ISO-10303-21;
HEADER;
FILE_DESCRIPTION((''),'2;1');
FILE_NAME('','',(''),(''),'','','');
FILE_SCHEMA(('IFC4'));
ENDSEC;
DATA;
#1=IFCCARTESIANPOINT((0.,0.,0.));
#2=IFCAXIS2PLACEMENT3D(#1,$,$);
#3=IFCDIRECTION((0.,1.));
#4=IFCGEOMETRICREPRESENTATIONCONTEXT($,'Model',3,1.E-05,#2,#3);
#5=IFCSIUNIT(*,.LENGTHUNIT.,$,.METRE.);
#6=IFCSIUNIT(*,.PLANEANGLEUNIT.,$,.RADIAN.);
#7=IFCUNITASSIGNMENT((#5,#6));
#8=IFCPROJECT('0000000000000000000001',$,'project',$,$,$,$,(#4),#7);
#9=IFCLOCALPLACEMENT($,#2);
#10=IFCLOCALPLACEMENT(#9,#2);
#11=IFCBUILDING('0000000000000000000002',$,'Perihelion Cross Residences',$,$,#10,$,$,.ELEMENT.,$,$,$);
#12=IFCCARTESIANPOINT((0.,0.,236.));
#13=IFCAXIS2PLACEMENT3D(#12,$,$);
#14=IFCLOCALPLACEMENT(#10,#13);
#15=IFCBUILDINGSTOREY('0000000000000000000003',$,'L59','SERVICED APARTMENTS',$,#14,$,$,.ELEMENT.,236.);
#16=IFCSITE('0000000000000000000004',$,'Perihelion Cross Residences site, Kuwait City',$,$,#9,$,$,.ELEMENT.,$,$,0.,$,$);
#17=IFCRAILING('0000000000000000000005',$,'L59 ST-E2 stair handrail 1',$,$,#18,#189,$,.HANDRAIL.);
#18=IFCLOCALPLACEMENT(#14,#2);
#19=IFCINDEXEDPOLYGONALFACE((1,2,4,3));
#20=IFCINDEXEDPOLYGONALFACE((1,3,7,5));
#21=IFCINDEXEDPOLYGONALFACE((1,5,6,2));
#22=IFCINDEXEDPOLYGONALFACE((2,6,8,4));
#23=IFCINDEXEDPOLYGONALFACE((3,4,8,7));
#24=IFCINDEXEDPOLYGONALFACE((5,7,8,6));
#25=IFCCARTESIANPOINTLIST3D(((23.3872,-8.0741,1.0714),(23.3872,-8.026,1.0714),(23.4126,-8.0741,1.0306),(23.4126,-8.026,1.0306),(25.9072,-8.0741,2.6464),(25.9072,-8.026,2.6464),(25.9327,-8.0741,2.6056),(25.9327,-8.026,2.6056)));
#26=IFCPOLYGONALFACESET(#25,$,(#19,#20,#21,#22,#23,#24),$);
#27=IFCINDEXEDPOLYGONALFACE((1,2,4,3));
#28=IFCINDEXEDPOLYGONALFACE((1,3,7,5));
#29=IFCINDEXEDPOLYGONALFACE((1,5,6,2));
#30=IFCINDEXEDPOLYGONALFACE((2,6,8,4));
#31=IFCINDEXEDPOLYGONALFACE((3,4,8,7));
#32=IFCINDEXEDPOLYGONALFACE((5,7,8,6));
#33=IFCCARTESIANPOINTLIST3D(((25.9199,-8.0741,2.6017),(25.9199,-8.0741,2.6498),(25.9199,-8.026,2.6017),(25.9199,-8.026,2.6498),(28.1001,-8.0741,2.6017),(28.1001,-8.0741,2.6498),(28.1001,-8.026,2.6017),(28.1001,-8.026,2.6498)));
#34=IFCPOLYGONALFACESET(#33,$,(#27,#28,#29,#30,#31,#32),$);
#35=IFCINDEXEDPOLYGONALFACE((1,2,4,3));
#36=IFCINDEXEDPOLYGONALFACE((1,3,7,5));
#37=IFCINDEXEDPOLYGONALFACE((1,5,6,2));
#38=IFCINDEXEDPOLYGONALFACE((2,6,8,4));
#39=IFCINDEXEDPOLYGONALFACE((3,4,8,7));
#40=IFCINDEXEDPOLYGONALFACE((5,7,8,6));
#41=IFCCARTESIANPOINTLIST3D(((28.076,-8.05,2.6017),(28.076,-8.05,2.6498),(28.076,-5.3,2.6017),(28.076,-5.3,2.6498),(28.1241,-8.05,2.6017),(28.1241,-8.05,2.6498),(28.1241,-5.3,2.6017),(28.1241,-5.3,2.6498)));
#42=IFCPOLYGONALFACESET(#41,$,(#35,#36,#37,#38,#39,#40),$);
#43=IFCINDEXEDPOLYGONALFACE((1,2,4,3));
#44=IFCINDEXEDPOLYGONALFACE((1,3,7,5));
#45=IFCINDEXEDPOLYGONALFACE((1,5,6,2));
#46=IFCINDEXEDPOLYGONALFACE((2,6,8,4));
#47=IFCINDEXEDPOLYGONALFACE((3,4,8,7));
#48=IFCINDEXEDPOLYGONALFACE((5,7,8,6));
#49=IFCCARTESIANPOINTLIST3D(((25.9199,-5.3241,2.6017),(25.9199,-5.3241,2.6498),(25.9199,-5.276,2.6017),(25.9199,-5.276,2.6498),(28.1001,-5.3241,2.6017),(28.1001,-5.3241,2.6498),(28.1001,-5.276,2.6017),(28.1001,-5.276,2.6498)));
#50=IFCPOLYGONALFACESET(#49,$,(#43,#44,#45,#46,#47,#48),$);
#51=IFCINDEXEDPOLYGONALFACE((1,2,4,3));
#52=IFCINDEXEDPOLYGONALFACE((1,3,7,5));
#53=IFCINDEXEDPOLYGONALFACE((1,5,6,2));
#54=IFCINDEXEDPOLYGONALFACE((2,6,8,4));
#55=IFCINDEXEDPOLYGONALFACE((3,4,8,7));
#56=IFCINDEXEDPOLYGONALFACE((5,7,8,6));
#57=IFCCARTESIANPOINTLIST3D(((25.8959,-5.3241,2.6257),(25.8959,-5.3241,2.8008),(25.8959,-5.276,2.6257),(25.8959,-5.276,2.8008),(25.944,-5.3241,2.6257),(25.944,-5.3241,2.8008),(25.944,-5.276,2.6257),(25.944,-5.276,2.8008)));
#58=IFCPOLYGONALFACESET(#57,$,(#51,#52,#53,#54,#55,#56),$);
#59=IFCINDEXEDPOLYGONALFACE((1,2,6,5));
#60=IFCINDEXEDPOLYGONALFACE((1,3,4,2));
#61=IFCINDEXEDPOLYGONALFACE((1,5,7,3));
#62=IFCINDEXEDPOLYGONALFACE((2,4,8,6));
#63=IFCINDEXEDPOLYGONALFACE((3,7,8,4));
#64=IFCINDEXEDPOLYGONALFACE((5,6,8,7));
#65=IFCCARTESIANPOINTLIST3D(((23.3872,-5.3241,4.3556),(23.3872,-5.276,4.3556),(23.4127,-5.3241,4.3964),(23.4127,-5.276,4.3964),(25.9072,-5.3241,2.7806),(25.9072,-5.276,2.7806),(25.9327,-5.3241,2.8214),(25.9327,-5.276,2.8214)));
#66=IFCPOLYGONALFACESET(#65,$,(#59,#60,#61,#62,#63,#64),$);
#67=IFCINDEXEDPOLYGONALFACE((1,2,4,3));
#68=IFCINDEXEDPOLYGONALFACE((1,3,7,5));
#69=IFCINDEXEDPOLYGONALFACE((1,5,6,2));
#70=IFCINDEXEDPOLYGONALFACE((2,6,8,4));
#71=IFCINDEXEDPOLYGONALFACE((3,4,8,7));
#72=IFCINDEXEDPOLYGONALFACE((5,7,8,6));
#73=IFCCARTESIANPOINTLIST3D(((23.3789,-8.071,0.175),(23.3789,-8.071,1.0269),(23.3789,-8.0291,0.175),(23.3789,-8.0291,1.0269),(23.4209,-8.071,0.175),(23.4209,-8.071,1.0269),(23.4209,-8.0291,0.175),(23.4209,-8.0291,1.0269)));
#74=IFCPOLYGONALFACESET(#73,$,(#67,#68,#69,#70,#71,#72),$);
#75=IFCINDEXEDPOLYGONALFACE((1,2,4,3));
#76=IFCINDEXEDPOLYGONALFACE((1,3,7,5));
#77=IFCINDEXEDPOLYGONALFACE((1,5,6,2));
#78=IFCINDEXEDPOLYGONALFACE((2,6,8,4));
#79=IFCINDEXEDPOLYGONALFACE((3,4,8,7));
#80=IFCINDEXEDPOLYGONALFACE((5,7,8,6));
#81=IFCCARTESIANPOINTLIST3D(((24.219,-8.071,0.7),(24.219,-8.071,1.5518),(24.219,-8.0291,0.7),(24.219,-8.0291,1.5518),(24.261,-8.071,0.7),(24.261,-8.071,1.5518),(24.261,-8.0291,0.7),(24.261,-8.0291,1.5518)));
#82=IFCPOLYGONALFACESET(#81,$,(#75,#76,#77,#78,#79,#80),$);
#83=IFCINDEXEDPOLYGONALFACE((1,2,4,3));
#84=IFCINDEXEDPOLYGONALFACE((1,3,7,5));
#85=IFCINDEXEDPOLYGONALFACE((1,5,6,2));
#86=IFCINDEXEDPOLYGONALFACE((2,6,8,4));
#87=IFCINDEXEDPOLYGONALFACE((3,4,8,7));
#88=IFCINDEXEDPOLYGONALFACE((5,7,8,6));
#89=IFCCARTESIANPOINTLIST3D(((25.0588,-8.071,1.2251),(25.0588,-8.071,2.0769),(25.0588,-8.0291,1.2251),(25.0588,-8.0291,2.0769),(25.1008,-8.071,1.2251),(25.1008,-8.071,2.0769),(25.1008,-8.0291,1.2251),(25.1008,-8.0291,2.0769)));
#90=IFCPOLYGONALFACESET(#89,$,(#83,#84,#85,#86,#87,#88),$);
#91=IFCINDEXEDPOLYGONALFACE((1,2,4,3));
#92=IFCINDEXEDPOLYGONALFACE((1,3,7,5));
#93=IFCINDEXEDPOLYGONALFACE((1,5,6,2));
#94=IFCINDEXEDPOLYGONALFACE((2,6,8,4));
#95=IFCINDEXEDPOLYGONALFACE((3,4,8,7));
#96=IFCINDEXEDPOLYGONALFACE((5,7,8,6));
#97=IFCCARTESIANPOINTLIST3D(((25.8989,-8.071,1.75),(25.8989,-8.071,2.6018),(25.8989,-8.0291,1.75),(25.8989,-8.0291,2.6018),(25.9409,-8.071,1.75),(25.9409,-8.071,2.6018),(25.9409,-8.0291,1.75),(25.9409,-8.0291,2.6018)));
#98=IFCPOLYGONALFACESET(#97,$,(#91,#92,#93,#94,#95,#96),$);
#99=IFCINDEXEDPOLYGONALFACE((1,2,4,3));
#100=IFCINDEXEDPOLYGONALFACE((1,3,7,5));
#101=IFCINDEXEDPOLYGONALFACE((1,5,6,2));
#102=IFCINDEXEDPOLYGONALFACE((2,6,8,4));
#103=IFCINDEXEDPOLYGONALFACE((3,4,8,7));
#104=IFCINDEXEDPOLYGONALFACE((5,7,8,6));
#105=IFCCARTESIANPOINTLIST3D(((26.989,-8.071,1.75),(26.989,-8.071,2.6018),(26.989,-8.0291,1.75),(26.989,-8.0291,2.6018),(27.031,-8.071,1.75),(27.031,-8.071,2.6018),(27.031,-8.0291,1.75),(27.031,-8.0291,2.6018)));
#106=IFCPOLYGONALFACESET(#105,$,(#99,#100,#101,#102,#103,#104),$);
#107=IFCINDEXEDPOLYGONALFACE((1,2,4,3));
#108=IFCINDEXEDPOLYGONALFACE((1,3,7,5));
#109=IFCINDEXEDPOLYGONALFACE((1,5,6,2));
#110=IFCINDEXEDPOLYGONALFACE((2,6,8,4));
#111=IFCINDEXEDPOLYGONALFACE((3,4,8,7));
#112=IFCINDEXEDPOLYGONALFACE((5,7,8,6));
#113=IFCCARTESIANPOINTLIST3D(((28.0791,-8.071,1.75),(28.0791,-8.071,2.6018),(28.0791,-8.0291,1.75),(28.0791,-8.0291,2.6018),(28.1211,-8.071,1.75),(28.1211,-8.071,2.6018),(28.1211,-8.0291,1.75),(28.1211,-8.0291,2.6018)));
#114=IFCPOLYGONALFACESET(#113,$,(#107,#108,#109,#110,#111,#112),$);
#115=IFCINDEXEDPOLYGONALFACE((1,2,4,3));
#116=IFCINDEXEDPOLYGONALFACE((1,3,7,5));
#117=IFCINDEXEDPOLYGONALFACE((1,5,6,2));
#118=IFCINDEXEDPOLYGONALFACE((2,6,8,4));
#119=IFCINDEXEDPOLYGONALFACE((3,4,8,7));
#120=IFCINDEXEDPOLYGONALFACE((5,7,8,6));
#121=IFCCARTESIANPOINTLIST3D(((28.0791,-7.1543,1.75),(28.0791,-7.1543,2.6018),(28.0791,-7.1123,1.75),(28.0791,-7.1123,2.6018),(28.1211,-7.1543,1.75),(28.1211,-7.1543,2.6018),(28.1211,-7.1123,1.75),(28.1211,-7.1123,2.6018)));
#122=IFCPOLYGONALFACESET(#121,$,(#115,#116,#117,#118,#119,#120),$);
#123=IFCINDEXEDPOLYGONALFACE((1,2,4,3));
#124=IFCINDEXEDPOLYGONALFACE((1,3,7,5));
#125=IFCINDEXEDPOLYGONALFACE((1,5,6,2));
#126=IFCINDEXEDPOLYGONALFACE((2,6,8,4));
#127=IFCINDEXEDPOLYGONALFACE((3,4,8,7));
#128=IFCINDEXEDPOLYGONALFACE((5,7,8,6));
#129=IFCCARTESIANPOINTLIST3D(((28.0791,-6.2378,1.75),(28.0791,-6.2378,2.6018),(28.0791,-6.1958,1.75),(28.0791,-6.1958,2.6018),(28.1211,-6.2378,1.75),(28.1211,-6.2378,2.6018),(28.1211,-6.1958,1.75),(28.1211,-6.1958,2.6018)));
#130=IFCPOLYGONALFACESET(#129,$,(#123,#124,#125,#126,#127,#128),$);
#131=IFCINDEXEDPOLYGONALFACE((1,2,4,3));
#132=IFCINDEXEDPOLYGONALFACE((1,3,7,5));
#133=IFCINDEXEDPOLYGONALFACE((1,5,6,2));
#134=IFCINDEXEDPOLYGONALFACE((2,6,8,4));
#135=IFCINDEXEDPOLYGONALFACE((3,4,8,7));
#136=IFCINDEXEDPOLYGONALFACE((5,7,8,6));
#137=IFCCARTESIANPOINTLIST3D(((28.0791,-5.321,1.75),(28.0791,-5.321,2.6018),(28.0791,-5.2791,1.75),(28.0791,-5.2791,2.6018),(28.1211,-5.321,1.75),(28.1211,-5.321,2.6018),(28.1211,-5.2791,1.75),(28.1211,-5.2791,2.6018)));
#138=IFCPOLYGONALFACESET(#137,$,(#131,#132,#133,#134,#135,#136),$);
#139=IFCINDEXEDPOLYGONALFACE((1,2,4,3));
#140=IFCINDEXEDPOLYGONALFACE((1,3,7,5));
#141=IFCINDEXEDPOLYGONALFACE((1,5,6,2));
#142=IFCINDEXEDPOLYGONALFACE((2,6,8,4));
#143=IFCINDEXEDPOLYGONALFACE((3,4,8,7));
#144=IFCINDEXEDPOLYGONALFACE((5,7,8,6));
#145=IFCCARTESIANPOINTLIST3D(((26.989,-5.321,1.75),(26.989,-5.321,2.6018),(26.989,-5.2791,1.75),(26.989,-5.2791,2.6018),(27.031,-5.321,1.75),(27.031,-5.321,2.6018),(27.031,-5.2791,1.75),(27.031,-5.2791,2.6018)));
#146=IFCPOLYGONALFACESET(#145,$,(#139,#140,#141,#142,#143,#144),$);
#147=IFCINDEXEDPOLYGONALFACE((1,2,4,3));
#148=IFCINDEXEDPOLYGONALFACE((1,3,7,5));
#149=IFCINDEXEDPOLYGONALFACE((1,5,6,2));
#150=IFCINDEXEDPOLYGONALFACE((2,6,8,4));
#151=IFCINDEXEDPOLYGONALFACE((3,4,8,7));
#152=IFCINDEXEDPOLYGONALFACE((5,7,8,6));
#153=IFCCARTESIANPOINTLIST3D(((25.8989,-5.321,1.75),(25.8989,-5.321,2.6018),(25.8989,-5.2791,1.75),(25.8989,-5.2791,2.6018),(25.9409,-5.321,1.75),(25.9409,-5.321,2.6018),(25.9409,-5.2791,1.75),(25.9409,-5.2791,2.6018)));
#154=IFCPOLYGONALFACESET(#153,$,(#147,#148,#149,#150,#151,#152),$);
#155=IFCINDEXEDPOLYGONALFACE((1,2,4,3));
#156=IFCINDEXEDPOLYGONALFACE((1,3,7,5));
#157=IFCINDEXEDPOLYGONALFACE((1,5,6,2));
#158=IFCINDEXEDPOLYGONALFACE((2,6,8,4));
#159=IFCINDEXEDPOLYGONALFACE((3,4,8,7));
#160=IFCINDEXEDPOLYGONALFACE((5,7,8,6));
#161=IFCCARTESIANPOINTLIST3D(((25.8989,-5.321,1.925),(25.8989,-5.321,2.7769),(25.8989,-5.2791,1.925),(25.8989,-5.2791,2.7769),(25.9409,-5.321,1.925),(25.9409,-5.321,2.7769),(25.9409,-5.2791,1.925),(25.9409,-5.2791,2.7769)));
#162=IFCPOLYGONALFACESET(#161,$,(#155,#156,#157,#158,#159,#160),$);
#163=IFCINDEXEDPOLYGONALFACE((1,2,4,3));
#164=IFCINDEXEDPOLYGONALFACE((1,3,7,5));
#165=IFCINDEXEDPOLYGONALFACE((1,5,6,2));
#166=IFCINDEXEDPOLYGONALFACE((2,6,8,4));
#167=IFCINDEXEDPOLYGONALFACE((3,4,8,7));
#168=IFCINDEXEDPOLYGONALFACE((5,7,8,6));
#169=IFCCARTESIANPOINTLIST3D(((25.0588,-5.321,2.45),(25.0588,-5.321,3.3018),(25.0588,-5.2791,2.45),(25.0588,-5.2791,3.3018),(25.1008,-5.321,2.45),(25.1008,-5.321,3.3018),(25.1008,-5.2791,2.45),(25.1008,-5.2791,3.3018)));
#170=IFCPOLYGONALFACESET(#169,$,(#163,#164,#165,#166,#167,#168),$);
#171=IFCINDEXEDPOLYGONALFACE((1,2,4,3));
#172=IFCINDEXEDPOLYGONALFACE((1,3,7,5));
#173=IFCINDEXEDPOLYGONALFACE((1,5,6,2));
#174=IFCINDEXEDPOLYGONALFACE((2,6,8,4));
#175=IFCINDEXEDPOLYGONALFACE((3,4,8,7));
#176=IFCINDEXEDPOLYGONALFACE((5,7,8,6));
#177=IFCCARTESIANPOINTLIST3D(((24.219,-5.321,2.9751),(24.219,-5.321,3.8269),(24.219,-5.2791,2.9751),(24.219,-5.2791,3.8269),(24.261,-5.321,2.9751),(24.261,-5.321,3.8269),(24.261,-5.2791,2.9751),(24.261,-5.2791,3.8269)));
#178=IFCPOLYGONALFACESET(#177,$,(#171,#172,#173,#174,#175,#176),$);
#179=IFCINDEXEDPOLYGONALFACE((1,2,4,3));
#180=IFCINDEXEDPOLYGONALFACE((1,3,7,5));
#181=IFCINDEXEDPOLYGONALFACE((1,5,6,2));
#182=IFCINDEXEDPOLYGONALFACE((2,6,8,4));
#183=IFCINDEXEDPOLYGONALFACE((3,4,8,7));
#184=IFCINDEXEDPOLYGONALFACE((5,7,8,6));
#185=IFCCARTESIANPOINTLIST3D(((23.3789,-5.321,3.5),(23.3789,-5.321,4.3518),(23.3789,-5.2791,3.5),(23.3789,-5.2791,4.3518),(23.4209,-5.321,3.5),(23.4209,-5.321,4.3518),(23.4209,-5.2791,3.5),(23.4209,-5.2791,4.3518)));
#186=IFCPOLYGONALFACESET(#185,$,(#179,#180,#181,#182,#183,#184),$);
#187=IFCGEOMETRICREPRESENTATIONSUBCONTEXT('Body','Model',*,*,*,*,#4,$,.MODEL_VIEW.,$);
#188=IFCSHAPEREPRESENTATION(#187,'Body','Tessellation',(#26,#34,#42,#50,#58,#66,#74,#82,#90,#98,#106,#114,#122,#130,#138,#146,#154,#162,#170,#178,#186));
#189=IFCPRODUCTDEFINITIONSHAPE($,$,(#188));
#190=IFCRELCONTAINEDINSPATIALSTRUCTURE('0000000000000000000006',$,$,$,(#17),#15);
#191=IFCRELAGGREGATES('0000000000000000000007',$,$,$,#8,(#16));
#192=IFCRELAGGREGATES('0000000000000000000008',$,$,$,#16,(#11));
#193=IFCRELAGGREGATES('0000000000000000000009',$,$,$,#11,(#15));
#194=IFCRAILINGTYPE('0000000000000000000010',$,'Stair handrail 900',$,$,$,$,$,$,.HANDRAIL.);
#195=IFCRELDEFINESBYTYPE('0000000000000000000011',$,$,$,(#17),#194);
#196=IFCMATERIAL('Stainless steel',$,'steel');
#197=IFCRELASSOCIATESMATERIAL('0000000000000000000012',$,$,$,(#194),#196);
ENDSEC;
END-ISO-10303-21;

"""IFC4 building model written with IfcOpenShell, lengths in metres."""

from ifc_helpers import new_model, si_unit, direction, frame, origin, origin_2d, place, context, subcontext, project, spatial, rectangle, extrude, material, type_object, element, save


model = new_model("IFC4")

# Units and contexts
model_context = context("Model", 3, precision=1e-05, world=origin(), true_north=direction((0.0, 1.0)))
body_context = subcontext(model_context, "Body", "Model", "MODEL_VIEW")
ifc_project = project(units=[si_unit("LENGTHUNIT", "METRE"), si_unit("PLANEANGLEUNIT", "RADIAN")], contexts=[model_context])

# Site, building, storey
site_placement = place(None, origin())
site = spatial("IfcSite", under=ifc_project, at=site_placement, Name="Perihelion Cross Residences site, Kuwait City", CompositionType="ELEMENT", RefElevation=0.0)
building_placement = place(site_placement, origin())
building = spatial("IfcBuilding", under=site, at=building_placement, Name="Perihelion Cross Residences", CompositionType="ELEMENT")
storey_placement = place(building_placement, frame((0.0, 0.0, 236.0)))
storey = spatial("IfcBuildingStorey", under=building, at=storey_placement, Name="L59", Description="SERVICED APARTMENTS", CompositionType="ELEMENT", Elevation=236.0)

# Railing
ifc_material_1 = material(Name="Stainless steel", Category="steel")
railing_type_1 = type_object("IfcRailingType", Name="Stair handrail 900", PredefinedType="HANDRAIL", material=ifc_material_1)
railing_1_placement = place(storey_placement, frame((23.3999, -8.05, 0.175)))
element("IfcRailing", 1, at=railing_1_placement, inside=storey, type_object=railing_type_1, Name="L59 ST-E2 stair handrail 1", PredefinedType="HANDRAIL", context=body_context, shape_type="SweptSolid", body=[
    extrude(rectangle(XDim=0.0481, YDim=0.0481, at=origin_2d()), frame((0.0, 0.0, 0.876), z_axis=(0.848008, 0.0, 0.529984), x_axis=(0.0, 1.0, 0.0)), (0.0, 0.0, 1.0), 2.9717),
    extrude(rectangle(XDim=0.0481, YDim=0.0481, at=origin_2d()), frame((2.52, 0.0, 2.4507), z_axis=(1.0, 0.0, 0.0), x_axis=(0.0, 1.0, 0.0)), (0.0, 0.0, 1.0), 2.1802),
    extrude(rectangle(XDim=0.0481, YDim=0.0481, at=origin_2d()), frame((4.7002, 0.0, 2.4507), z_axis=(0.0, 1.0, 0.0), x_axis=(-1.0, 0.0, 0.0)), (0.0, 0.0, 1.0), 2.75),
    extrude(rectangle(XDim=0.0481, YDim=0.0481, at=origin_2d()), frame((4.7002, 2.75, 2.4507), z_axis=(-1.0, 0.0, 0.0), x_axis=(0.0, -1.0, 0.0)), (0.0, 0.0, 1.0), 2.1802),
    extrude(rectangle(XDim=0.0481, YDim=0.0481, at=origin_2d()), frame((2.52, 2.75, 2.4507), z_axis=(0.0, 0.0, 1.0), x_axis=(1.0, 0.0, 0.0)), (0.0, 0.0, 1.0), 0.175),
    extrude(rectangle(XDim=0.0481, YDim=0.0481, at=origin_2d()), frame((2.52, 2.75, 2.626), z_axis=(-0.848008, 0.0, 0.529984), x_axis=(0.0, -1.0, 0.0)), (0.0, 0.0, 1.0), 2.9717),
    extrude(rectangle(XDim=0.042, YDim=0.042, at=origin_2d()), origin(), (0.0, 0.0, 1.0), 0.8518),
    extrude(rectangle(XDim=0.042, YDim=0.042, at=origin_2d()), frame((0.8401, 0.0, 0.5249)), (0.0, 0.0, 1.0), 0.8518),
    extrude(rectangle(XDim=0.042, YDim=0.042, at=origin_2d()), frame((1.6799, 0.0, 1.05)), (0.0, 0.0, 1.0), 0.8518),
    extrude(rectangle(XDim=0.042, YDim=0.042, at=origin_2d()), frame((2.52, 0.0, 1.575)), (0.0, 0.0, 1.0), 0.8518),
    extrude(rectangle(XDim=0.042, YDim=0.042, at=origin_2d()), frame((3.6101, 0.0, 1.575)), (0.0, 0.0, 1.0), 0.8518),
    extrude(rectangle(XDim=0.042, YDim=0.042, at=origin_2d()), frame((4.7002, 0.0, 1.575)), (0.0, 0.0, 1.0), 0.8518),
    extrude(rectangle(XDim=0.042, YDim=0.042, at=origin_2d()), frame((4.7002, 0.9167, 1.575)), (0.0, 0.0, 1.0), 0.8518),
    extrude(rectangle(XDim=0.042, YDim=0.042, at=origin_2d()), frame((4.7002, 1.8333, 1.575)), (0.0, 0.0, 1.0), 0.8518),
    extrude(rectangle(XDim=0.042, YDim=0.042, at=origin_2d()), frame((4.7002, 2.75, 1.575)), (0.0, 0.0, 1.0), 0.8518),
    extrude(rectangle(XDim=0.042, YDim=0.042, at=origin_2d()), frame((3.6101, 2.75, 1.575)), (0.0, 0.0, 1.0), 0.8518),
    extrude(rectangle(XDim=0.042, YDim=0.042, at=origin_2d()), frame((2.52, 2.75, 1.575)), (0.0, 0.0, 1.0), 0.8518),
    extrude(rectangle(XDim=0.042, YDim=0.042, at=origin_2d()), frame((2.52, 2.75, 1.75)), (0.0, 0.0, 1.0), 0.8518),
    extrude(rectangle(XDim=0.042, YDim=0.042, at=origin_2d()), frame((1.6799, 2.75, 2.2749)), (0.0, 0.0, 1.0), 0.8518),
    extrude(rectangle(XDim=0.042, YDim=0.042, at=origin_2d()), frame((0.8401, 2.75, 2.8)), (0.0, 0.0, 1.0), 0.8518),
    extrude(rectangle(XDim=0.042, YDim=0.042, at=origin_2d()), frame((0.0, 2.75, 3.325)), (0.0, 0.0, 1.0), 0.8518),
])

save(model, "model.ifc")
